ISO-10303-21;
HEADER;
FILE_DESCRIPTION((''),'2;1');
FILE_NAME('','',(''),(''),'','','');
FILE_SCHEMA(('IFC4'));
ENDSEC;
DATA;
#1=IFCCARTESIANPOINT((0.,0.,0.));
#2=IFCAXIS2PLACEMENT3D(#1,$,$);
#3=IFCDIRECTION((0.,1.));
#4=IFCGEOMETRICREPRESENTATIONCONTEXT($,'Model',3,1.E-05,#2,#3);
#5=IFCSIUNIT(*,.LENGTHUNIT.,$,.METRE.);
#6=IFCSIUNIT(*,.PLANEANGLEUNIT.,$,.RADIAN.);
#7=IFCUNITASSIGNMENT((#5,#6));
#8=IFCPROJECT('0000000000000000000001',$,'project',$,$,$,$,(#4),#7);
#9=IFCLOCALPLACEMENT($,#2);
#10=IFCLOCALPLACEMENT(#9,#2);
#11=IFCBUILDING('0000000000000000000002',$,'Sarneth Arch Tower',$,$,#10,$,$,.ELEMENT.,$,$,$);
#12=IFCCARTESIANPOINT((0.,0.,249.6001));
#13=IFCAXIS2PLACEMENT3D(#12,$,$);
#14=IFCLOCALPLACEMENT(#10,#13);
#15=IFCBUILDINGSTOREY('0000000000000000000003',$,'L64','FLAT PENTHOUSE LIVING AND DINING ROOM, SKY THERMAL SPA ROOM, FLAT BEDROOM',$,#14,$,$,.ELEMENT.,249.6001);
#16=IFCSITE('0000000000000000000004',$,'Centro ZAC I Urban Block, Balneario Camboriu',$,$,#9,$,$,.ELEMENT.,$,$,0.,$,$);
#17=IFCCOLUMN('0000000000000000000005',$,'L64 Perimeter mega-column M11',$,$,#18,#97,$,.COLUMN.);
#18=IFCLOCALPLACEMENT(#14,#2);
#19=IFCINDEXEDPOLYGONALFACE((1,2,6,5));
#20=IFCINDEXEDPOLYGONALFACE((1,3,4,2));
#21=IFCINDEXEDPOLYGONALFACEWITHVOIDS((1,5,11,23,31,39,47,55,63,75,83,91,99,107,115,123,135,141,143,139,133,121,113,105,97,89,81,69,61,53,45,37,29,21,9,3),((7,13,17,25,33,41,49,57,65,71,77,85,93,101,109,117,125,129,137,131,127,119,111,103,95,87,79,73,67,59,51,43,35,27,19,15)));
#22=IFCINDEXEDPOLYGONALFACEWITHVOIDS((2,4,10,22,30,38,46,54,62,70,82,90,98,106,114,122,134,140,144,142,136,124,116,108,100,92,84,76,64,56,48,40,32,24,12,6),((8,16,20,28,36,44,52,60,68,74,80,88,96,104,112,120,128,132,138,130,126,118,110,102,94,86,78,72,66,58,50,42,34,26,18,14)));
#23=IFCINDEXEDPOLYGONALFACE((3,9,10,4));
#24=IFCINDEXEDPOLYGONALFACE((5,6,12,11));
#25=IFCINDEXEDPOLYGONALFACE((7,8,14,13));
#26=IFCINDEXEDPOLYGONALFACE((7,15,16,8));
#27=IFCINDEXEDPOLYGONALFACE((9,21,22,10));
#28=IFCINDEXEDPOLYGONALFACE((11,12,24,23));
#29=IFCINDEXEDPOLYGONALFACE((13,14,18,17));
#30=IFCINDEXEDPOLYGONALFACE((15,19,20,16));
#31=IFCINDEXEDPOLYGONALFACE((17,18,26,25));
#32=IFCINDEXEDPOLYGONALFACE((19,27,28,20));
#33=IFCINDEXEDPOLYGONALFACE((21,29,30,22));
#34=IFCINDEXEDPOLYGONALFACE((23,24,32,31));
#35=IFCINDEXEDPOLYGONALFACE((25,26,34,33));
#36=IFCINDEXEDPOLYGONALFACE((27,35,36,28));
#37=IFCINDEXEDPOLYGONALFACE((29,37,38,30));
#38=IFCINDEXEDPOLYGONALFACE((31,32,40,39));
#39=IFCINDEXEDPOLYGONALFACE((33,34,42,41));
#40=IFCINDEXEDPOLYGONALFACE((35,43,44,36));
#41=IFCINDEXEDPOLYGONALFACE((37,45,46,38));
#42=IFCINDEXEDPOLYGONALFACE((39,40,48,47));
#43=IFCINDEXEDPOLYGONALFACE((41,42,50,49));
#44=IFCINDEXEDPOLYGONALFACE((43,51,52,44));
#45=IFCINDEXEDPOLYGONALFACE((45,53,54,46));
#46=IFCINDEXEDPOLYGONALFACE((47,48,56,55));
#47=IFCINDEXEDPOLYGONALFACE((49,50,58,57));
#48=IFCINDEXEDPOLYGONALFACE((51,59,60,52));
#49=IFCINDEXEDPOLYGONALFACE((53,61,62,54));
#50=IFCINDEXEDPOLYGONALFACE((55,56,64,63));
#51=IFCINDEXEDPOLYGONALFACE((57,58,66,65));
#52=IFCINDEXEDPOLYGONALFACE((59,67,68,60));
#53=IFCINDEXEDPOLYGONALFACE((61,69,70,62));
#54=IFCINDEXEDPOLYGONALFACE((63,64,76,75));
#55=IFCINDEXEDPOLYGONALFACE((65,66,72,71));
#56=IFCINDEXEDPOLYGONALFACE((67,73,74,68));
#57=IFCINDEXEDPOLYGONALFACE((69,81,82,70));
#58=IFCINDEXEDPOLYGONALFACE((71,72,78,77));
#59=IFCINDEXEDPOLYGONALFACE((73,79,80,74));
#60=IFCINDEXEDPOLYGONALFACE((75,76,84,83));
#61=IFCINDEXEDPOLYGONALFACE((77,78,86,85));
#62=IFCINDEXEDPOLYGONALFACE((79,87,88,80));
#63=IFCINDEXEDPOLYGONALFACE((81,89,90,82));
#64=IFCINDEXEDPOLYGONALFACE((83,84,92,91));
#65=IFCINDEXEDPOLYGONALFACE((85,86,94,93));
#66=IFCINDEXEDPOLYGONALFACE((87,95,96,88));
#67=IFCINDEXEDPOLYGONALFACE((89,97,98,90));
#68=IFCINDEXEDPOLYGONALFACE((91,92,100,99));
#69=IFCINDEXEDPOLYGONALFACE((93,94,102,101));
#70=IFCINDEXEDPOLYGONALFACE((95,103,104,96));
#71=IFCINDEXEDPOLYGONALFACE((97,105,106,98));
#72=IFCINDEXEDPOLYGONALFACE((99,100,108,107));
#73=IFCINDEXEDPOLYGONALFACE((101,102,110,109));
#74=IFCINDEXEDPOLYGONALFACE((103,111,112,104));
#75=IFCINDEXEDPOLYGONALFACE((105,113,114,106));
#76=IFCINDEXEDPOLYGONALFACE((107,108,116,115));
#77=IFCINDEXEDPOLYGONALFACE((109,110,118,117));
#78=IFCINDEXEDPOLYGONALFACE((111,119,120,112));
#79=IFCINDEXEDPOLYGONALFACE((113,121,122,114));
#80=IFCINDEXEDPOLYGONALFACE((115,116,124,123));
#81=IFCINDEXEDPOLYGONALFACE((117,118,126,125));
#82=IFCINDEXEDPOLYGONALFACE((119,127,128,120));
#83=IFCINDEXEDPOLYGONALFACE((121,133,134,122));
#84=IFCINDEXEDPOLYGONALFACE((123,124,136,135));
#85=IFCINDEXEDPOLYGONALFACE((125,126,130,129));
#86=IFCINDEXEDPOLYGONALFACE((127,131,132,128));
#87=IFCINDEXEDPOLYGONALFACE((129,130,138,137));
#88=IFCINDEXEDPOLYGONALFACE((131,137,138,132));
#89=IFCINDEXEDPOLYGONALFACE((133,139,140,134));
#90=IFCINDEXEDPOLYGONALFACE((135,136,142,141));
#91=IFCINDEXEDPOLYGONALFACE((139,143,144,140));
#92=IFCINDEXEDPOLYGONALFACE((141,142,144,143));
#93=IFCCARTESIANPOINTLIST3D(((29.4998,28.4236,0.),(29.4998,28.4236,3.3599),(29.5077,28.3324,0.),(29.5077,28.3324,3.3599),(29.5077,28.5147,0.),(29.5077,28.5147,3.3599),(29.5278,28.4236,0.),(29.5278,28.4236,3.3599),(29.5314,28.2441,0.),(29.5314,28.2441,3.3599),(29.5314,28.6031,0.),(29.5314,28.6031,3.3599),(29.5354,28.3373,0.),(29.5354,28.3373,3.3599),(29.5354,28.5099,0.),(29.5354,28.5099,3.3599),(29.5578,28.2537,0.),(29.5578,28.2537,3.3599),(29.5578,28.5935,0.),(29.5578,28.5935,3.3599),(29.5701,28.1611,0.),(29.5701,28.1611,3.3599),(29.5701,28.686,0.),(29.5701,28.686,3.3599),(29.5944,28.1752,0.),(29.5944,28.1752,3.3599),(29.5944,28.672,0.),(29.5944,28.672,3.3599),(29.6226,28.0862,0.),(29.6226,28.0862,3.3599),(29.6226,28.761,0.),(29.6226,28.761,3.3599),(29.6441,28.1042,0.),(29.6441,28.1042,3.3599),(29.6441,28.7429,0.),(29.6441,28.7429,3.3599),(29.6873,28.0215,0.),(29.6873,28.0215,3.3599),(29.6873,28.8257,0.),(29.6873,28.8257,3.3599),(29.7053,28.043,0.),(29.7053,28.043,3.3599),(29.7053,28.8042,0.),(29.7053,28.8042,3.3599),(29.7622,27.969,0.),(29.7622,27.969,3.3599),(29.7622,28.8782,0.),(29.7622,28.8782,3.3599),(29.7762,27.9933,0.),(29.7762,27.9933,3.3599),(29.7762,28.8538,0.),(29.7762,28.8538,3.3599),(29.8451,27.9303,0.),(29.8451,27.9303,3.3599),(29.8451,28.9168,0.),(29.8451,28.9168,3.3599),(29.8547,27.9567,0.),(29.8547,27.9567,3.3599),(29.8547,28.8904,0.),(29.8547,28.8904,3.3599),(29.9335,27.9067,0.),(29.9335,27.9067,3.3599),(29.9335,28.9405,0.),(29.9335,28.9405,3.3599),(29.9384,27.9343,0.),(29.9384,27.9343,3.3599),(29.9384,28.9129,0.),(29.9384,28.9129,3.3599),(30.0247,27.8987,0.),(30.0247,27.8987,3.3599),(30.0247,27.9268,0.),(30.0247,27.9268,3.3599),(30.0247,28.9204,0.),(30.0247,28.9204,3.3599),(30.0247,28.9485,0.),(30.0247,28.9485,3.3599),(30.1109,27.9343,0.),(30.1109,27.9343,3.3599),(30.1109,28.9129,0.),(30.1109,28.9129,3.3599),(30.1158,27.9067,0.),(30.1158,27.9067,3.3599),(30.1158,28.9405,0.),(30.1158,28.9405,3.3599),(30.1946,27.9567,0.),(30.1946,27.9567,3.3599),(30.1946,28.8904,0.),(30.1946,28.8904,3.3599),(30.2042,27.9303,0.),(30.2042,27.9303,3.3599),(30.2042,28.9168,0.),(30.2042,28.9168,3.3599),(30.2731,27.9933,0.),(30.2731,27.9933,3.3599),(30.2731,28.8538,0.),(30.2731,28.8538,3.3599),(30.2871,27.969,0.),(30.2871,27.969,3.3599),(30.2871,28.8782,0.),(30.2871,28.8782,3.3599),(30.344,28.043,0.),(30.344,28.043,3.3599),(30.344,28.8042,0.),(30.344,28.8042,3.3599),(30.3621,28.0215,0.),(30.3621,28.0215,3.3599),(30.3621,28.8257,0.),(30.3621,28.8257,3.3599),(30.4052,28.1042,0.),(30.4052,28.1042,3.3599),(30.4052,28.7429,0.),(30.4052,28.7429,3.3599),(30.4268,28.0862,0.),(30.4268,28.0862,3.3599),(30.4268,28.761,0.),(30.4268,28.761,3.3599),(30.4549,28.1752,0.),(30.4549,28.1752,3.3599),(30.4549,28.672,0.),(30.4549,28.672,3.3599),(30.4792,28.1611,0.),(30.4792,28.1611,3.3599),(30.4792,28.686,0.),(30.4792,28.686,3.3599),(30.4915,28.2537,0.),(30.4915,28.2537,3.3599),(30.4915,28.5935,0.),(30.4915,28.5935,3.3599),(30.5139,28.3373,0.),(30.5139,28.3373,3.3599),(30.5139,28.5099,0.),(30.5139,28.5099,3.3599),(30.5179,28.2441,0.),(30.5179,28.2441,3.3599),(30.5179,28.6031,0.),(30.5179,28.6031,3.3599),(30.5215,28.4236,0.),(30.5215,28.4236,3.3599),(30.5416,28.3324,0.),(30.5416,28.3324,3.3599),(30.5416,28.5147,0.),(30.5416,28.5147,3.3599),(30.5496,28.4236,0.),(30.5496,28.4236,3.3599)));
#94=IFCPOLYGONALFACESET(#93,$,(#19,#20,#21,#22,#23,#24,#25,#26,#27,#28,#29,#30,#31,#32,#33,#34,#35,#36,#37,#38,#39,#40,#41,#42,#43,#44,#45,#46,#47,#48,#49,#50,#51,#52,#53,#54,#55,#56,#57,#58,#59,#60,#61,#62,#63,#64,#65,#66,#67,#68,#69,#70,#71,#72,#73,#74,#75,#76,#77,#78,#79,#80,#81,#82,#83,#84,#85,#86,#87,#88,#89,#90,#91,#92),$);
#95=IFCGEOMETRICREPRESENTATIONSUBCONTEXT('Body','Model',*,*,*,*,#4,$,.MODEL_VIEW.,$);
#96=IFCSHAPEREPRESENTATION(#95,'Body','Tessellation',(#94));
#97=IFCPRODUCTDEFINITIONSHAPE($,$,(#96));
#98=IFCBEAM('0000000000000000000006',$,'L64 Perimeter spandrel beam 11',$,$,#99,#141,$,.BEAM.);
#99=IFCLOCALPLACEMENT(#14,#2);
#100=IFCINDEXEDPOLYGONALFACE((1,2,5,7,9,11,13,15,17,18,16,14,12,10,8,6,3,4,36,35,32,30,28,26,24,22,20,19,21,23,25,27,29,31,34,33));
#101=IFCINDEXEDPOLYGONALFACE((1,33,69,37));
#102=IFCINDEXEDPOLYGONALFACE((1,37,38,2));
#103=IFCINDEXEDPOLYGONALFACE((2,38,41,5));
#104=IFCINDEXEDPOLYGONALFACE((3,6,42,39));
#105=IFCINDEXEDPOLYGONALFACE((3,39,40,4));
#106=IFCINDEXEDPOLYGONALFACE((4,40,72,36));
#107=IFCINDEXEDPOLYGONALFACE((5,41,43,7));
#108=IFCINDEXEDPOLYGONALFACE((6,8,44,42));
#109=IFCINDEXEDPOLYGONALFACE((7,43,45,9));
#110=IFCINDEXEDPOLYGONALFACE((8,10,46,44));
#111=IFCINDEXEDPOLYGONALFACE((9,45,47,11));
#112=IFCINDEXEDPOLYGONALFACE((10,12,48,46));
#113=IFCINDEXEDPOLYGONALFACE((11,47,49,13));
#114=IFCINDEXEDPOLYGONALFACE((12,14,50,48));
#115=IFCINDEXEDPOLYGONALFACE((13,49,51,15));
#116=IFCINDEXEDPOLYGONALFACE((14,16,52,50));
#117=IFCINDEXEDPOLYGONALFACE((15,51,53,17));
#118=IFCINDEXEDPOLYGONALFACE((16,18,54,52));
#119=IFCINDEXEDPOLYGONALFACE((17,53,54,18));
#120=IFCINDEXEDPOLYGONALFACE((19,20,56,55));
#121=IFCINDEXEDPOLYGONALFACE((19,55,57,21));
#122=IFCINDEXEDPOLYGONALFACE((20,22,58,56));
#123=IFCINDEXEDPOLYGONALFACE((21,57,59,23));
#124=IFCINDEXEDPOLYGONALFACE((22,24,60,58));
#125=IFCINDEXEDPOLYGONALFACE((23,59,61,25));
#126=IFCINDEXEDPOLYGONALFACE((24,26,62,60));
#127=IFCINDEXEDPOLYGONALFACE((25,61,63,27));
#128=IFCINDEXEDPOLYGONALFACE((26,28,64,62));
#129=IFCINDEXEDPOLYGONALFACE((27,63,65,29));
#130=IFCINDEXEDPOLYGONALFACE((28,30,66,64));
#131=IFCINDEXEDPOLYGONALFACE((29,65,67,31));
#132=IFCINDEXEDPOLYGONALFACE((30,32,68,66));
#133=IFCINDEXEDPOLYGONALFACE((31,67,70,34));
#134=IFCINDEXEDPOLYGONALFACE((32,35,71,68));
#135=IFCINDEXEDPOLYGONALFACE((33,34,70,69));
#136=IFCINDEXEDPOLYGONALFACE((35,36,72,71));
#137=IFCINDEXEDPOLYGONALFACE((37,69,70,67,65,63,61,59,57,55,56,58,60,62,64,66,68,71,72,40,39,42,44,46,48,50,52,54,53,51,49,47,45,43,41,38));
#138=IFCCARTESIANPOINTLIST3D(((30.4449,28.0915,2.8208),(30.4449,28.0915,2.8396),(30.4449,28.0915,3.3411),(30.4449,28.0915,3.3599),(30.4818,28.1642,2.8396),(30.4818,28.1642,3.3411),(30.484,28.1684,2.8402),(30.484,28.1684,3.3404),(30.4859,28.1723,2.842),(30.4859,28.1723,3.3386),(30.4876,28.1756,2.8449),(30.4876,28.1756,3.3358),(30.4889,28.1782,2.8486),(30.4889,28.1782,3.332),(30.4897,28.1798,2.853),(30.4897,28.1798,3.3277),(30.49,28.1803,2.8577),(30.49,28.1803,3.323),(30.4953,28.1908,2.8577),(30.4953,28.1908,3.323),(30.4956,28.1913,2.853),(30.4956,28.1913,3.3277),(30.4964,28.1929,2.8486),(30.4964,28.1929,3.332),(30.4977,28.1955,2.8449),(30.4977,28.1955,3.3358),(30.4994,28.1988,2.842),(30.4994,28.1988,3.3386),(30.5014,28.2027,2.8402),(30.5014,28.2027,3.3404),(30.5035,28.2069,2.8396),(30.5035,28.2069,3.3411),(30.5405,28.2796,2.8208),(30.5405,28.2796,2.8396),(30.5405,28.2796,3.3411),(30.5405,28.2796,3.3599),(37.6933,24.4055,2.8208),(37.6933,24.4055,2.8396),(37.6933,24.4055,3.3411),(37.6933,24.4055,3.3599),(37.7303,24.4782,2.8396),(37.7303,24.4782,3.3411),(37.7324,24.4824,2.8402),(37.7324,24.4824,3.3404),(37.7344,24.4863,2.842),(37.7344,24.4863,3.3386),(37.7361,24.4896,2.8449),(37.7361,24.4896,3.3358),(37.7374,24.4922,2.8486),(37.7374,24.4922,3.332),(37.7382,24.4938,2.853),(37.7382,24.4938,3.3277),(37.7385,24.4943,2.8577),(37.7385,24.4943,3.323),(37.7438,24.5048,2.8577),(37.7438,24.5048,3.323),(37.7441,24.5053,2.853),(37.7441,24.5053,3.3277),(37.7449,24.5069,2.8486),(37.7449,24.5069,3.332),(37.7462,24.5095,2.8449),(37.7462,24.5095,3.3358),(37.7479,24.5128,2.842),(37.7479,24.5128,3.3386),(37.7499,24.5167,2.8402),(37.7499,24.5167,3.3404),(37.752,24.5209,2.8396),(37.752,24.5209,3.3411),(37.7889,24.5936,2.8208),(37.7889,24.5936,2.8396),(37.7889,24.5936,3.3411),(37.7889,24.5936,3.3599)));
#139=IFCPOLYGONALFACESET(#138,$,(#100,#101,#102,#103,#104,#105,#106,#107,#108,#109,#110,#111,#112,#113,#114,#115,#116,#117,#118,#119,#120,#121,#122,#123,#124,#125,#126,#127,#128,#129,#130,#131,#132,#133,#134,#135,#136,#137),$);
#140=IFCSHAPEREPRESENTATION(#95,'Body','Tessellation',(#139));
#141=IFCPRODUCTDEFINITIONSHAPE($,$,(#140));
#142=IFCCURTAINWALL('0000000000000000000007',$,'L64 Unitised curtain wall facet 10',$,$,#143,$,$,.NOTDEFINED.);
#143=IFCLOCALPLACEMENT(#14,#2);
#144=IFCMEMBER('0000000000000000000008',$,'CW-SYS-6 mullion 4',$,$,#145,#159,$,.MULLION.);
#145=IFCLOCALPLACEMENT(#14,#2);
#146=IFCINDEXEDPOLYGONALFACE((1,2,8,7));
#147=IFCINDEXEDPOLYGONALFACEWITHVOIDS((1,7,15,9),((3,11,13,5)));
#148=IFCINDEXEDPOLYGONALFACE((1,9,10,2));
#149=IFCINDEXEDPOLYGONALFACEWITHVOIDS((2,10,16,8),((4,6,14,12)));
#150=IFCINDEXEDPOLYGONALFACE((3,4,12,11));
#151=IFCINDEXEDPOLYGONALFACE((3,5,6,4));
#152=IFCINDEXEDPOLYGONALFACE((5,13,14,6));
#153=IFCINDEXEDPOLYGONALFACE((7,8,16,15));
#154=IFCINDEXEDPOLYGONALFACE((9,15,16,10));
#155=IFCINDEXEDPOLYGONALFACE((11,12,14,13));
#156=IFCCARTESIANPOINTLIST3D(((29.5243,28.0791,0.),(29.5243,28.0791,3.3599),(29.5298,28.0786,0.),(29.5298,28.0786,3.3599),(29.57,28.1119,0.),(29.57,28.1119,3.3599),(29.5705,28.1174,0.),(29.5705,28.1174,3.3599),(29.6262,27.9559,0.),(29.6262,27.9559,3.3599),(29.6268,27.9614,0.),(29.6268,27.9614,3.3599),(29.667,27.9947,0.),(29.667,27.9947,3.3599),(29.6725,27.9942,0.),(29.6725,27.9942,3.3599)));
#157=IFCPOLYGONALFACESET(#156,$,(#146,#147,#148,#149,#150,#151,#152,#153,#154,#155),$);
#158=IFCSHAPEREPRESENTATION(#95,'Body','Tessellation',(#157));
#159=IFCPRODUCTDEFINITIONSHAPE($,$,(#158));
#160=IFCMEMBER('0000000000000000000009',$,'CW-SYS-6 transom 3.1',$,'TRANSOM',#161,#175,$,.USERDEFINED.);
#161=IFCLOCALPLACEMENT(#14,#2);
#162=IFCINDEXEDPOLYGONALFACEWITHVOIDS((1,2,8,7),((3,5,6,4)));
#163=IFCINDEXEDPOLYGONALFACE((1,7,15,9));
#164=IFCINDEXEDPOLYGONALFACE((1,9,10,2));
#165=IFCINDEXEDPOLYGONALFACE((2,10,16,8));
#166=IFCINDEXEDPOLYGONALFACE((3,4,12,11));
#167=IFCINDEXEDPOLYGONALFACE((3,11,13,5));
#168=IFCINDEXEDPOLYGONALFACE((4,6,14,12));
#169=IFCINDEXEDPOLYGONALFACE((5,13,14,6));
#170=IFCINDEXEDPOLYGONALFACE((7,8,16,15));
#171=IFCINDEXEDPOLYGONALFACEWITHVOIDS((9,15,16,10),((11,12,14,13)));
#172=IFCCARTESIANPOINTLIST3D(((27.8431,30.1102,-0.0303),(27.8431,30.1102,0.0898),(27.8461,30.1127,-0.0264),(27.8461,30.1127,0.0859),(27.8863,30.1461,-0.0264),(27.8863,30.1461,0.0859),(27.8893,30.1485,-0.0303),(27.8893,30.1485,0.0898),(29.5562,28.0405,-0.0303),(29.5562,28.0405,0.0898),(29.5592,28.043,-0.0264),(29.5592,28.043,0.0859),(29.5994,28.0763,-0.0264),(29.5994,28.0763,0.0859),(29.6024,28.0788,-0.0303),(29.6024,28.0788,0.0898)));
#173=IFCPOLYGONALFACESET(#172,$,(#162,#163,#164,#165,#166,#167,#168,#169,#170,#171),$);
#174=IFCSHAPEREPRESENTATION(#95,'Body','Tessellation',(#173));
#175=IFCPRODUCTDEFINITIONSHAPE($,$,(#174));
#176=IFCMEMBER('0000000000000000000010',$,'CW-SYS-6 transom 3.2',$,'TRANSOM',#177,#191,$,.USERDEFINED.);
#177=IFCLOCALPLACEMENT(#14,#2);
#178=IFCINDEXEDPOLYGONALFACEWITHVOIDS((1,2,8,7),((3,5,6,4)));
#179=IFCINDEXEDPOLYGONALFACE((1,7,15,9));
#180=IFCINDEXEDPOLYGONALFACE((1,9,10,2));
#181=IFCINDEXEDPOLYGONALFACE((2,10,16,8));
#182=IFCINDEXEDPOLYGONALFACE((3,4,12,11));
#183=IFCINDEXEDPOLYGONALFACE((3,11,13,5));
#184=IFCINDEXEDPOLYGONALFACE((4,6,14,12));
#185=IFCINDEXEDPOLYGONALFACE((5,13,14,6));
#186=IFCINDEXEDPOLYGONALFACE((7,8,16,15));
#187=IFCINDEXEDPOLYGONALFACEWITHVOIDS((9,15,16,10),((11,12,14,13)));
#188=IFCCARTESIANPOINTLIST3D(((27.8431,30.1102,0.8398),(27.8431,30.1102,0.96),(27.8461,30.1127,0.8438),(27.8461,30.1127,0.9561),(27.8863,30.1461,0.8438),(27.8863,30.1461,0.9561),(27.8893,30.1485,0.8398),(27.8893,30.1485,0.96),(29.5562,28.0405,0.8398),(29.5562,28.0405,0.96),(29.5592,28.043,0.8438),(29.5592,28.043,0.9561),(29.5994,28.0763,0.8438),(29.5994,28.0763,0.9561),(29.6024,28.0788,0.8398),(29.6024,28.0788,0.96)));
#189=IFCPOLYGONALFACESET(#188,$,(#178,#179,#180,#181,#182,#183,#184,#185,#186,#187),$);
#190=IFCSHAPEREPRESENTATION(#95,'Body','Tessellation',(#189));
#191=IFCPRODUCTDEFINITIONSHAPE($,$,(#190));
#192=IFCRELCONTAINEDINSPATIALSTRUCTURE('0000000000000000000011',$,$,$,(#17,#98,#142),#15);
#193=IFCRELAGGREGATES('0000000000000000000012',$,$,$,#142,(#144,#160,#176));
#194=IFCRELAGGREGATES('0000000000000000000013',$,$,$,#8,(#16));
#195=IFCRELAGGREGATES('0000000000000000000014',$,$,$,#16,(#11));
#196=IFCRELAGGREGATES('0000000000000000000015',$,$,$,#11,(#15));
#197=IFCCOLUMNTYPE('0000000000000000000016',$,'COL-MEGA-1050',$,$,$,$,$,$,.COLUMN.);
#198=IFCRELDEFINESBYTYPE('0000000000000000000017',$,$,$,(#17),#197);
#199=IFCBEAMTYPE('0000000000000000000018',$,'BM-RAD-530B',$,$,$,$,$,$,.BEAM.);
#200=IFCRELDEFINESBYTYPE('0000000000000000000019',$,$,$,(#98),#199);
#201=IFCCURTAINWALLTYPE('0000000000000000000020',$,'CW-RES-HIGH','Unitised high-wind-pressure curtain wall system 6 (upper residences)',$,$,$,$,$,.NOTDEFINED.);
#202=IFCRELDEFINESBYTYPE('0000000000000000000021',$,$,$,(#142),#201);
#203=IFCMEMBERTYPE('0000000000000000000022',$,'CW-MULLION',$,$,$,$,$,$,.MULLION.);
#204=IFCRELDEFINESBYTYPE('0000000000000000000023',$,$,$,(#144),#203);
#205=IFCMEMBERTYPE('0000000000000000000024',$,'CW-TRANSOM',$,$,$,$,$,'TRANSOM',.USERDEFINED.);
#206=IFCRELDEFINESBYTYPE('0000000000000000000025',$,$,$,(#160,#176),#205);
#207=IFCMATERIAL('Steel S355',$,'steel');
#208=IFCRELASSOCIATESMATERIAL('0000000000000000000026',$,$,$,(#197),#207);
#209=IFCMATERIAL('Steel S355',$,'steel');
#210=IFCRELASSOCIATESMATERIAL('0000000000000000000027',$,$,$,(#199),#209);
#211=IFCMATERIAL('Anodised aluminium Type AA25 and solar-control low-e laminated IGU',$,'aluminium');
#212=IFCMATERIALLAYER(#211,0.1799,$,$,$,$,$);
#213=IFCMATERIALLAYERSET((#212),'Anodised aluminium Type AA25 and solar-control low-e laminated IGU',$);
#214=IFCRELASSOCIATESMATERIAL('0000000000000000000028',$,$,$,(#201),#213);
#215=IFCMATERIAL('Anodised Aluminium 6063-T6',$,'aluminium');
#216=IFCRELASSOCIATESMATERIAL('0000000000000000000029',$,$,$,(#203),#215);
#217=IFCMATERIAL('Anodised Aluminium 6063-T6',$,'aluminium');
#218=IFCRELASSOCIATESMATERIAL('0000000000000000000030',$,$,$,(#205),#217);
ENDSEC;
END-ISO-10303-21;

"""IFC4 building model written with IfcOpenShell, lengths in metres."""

from ifc_helpers import new_model, si_unit, direction, frame, origin, origin_2d, place, context, subcontext, project, spatial, hollow_rectangle, hollow_circle, i_section, extrude, material, layer, layer_set, material_profile, profile_set, type_object, element, aggregate, save


model = new_model("IFC4")

# Units and contexts
model_context = context("Model", 3, precision=1e-05, world=origin(), true_north=direction((0.0, 1.0)))
body_context = subcontext(model_context, "Body", "Model", "MODEL_VIEW")
ifc_project = project(units=[si_unit("LENGTHUNIT", "METRE"), si_unit("PLANEANGLEUNIT", "RADIAN")], contexts=[model_context])

# Site, building, storey
site_placement = place(None, origin())
site = spatial("IfcSite", under=ifc_project, at=site_placement, Name="Centro ZAC I Urban Block, Balneario Camboriu", CompositionType="ELEMENT", RefElevation=0.0)
building_placement = place(site_placement, origin())
building = spatial("IfcBuilding", under=site, at=building_placement, Name="Sarneth Arch Tower", CompositionType="ELEMENT")
storey_placement = place(building_placement, frame((0.0, 0.0, 249.6001)))
storey = spatial("IfcBuildingStorey", under=building, at=storey_placement, Name="L64", Description="FLAT PENTHOUSE LIVING AND DINING ROOM, SKY THERMAL SPA ROOM, FLAT BEDROOM", CompositionType="ELEMENT", Elevation=249.6001)

# Column
ifc_material_1 = material(Name="Steel S355", Category="steel")
ifc_material_profile_1 = material_profile(ifc_material_1, hollow_circle(Radius=0.5249, WallThickness=0.0281, at=origin_2d()), Name="CHS1050x28")
ifc_profile_set_1 = profile_set([ifc_material_profile_1], Name="Steel S355")
column_type = type_object("IfcColumnType", Name="COL-MEGA-1050", PredefinedType="COLUMN", material=ifc_profile_set_1)
column_placement = place(storey_placement, frame((30.0247, 28.4236, 0.0), z_axis=(0.0, 0.0, 1.0), x_axis=(1.0, 0.0, 0.0)))
element("IfcColumn", 1, at=column_placement, inside=storey, type_object=column_type, Name="L64 Perimeter mega-column M11", PredefinedType="COLUMN", context=body_context, shape_type="SweptSolid", body=[
    extrude(hollow_circle(Radius=0.5249, WallThickness=0.0281, at=origin_2d()), origin(), (0.0, 0.0, 1.0), 3.3599),
])

# Beam
ifc_material_2 = material(Name="Steel S355", Category="steel")
ifc_material_profile_2 = material_profile(ifc_material_2, i_section(OverallWidth=0.2109, OverallDepth=0.5391, WebThickness=0.0117, FlangeThickness=0.0188, FilletRadius=0.0181, at=origin_2d()), Name="W530x109")
ifc_profile_set_2 = profile_set([ifc_material_profile_2], Name="Steel S355")
beam_type = type_object("IfcBeamType", Name="BM-RAD-530B", PredefinedType="BEAM", material=ifc_profile_set_2)
beam_placement = place(storey_placement, frame((30.4927, 28.1855, 3.0903), z_axis=(0.891368, -0.45328, 0.0), x_axis=(0.45328, 0.891368, 0.0)))
element("IfcBeam", 2, at=beam_placement, inside=storey, type_object=beam_type, Name="L64 Perimeter spandrel beam 11", PredefinedType="BEAM", context=body_context, shape_type="SweptSolid", body=[
    extrude(i_section(OverallWidth=0.2109, OverallDepth=0.5391, WebThickness=0.0117, FlangeThickness=0.0188, FilletRadius=0.0181, at=origin_2d()), origin(), (0.0, 0.0, 1.0), 8.1318),
])

# Curtain wall, members
ifc_material_3 = material(Name="Anodised aluminium Type AA25 and solar-control low-e laminated IGU", Category="aluminium")
ifc_layer_1 = layer(ifc_material_3, 0.1799)
ifc_layer_set_1 = layer_set([ifc_layer_1], Name="Anodised aluminium Type AA25 and solar-control low-e laminated IGU")
curtain_wall_type = type_object("IfcCurtainWallType", Name="CW-RES-HIGH", Description="Unitised high-wind-pressure curtain wall system 6 (upper residences)", PredefinedType="NOTDEFINED", material=ifc_layer_set_1)
curtain_wall_placement = place(storey_placement, origin())
curtain_wall = element("IfcCurtainWall", 3, at=curtain_wall_placement, inside=storey, type_object=curtain_wall_type, Name="L64 Unitised curtain wall facet 10", PredefinedType="NOTDEFINED")
ifc_material_4 = material(Name="Anodised Aluminium 6063-T6", Category="aluminium")
ifc_material_profile_3 = material_profile(ifc_material_4, hollow_rectangle(XDim=0.0601, YDim=0.1599, WallThickness=0.0039, at=origin_2d()), Name="AL-MULL-160x60x4")
ifc_profile_set_3 = profile_set([ifc_material_profile_3], Name="Anodised Aluminium 6063-T6")
member_type_1 = type_object("IfcMemberType", Name="CW-MULLION", PredefinedType="MULLION", material=ifc_profile_set_3)
member_1_placement = place(storey_placement, frame((29.5984, 28.0366, 0.0), z_axis=(0.0, 0.0, 1.0), x_axis=(0.770359, 0.63761, 0.0)))
member_1 = element("IfcMember", 4, at=member_1_placement, type_object=member_type_1, Name="CW-SYS-6 mullion 4", PredefinedType="MULLION", context=body_context, shape_type="SweptSolid", body=[
    extrude(hollow_rectangle(XDim=0.0601, YDim=0.1599, WallThickness=0.0039, at=origin_2d()), origin(), (0.0, 0.0, 1.0), 3.3599),
])
ifc_material_5 = material(Name="Anodised Aluminium 6063-T6", Category="aluminium")
ifc_material_profile_4 = material_profile(ifc_material_5, hollow_rectangle(XDim=0.0601, YDim=0.1201, WallThickness=0.0039, at=origin_2d()), Name="AL-TRAN-120x60x4")
ifc_profile_set_4 = profile_set([ifc_material_profile_4], Name="Anodised Aluminium 6063-T6")
member_type_2 = type_object("IfcMemberType", Name="CW-TRANSOM", ElementType="TRANSOM", PredefinedType="USERDEFINED", material=ifc_profile_set_4)
member_2_placement = place(storey_placement, frame((27.8662, 30.1294, 0.0298), z_axis=(0.637607, -0.770362, 0.0), x_axis=(0.770362, 0.637607, 0.0)))
member_2 = element("IfcMember", 5, at=member_2_placement, type_object=member_type_2, Name="CW-SYS-6 transom 3.1", ObjectType="TRANSOM", PredefinedType="USERDEFINED", context=body_context, shape_type="SweptSolid", body=[
    extrude(hollow_rectangle(XDim=0.0601, YDim=0.1201, WallThickness=0.0039, at=origin_2d()), origin(), (0.0, 0.0, 1.0), 2.6868),
])
member_3_placement = place(storey_placement, frame((27.8662, 30.1294, 0.8999), z_axis=(0.637607, -0.770362, 0.0), x_axis=(0.770362, 0.637607, 0.0)))
member_3 = element("IfcMember", 6, at=member_3_placement, type_object=member_type_2, Name="CW-SYS-6 transom 3.2", ObjectType="TRANSOM", PredefinedType="USERDEFINED", context=body_context, shape_type="SweptSolid", body=[
    extrude(hollow_rectangle(XDim=0.0601, YDim=0.1201, WallThickness=0.0039, at=origin_2d()), origin(), (0.0, 0.0, 1.0), 2.6868),
])

aggregate(curtain_wall, [member_1, member_2, member_3])

save(model, "model.ifc")
